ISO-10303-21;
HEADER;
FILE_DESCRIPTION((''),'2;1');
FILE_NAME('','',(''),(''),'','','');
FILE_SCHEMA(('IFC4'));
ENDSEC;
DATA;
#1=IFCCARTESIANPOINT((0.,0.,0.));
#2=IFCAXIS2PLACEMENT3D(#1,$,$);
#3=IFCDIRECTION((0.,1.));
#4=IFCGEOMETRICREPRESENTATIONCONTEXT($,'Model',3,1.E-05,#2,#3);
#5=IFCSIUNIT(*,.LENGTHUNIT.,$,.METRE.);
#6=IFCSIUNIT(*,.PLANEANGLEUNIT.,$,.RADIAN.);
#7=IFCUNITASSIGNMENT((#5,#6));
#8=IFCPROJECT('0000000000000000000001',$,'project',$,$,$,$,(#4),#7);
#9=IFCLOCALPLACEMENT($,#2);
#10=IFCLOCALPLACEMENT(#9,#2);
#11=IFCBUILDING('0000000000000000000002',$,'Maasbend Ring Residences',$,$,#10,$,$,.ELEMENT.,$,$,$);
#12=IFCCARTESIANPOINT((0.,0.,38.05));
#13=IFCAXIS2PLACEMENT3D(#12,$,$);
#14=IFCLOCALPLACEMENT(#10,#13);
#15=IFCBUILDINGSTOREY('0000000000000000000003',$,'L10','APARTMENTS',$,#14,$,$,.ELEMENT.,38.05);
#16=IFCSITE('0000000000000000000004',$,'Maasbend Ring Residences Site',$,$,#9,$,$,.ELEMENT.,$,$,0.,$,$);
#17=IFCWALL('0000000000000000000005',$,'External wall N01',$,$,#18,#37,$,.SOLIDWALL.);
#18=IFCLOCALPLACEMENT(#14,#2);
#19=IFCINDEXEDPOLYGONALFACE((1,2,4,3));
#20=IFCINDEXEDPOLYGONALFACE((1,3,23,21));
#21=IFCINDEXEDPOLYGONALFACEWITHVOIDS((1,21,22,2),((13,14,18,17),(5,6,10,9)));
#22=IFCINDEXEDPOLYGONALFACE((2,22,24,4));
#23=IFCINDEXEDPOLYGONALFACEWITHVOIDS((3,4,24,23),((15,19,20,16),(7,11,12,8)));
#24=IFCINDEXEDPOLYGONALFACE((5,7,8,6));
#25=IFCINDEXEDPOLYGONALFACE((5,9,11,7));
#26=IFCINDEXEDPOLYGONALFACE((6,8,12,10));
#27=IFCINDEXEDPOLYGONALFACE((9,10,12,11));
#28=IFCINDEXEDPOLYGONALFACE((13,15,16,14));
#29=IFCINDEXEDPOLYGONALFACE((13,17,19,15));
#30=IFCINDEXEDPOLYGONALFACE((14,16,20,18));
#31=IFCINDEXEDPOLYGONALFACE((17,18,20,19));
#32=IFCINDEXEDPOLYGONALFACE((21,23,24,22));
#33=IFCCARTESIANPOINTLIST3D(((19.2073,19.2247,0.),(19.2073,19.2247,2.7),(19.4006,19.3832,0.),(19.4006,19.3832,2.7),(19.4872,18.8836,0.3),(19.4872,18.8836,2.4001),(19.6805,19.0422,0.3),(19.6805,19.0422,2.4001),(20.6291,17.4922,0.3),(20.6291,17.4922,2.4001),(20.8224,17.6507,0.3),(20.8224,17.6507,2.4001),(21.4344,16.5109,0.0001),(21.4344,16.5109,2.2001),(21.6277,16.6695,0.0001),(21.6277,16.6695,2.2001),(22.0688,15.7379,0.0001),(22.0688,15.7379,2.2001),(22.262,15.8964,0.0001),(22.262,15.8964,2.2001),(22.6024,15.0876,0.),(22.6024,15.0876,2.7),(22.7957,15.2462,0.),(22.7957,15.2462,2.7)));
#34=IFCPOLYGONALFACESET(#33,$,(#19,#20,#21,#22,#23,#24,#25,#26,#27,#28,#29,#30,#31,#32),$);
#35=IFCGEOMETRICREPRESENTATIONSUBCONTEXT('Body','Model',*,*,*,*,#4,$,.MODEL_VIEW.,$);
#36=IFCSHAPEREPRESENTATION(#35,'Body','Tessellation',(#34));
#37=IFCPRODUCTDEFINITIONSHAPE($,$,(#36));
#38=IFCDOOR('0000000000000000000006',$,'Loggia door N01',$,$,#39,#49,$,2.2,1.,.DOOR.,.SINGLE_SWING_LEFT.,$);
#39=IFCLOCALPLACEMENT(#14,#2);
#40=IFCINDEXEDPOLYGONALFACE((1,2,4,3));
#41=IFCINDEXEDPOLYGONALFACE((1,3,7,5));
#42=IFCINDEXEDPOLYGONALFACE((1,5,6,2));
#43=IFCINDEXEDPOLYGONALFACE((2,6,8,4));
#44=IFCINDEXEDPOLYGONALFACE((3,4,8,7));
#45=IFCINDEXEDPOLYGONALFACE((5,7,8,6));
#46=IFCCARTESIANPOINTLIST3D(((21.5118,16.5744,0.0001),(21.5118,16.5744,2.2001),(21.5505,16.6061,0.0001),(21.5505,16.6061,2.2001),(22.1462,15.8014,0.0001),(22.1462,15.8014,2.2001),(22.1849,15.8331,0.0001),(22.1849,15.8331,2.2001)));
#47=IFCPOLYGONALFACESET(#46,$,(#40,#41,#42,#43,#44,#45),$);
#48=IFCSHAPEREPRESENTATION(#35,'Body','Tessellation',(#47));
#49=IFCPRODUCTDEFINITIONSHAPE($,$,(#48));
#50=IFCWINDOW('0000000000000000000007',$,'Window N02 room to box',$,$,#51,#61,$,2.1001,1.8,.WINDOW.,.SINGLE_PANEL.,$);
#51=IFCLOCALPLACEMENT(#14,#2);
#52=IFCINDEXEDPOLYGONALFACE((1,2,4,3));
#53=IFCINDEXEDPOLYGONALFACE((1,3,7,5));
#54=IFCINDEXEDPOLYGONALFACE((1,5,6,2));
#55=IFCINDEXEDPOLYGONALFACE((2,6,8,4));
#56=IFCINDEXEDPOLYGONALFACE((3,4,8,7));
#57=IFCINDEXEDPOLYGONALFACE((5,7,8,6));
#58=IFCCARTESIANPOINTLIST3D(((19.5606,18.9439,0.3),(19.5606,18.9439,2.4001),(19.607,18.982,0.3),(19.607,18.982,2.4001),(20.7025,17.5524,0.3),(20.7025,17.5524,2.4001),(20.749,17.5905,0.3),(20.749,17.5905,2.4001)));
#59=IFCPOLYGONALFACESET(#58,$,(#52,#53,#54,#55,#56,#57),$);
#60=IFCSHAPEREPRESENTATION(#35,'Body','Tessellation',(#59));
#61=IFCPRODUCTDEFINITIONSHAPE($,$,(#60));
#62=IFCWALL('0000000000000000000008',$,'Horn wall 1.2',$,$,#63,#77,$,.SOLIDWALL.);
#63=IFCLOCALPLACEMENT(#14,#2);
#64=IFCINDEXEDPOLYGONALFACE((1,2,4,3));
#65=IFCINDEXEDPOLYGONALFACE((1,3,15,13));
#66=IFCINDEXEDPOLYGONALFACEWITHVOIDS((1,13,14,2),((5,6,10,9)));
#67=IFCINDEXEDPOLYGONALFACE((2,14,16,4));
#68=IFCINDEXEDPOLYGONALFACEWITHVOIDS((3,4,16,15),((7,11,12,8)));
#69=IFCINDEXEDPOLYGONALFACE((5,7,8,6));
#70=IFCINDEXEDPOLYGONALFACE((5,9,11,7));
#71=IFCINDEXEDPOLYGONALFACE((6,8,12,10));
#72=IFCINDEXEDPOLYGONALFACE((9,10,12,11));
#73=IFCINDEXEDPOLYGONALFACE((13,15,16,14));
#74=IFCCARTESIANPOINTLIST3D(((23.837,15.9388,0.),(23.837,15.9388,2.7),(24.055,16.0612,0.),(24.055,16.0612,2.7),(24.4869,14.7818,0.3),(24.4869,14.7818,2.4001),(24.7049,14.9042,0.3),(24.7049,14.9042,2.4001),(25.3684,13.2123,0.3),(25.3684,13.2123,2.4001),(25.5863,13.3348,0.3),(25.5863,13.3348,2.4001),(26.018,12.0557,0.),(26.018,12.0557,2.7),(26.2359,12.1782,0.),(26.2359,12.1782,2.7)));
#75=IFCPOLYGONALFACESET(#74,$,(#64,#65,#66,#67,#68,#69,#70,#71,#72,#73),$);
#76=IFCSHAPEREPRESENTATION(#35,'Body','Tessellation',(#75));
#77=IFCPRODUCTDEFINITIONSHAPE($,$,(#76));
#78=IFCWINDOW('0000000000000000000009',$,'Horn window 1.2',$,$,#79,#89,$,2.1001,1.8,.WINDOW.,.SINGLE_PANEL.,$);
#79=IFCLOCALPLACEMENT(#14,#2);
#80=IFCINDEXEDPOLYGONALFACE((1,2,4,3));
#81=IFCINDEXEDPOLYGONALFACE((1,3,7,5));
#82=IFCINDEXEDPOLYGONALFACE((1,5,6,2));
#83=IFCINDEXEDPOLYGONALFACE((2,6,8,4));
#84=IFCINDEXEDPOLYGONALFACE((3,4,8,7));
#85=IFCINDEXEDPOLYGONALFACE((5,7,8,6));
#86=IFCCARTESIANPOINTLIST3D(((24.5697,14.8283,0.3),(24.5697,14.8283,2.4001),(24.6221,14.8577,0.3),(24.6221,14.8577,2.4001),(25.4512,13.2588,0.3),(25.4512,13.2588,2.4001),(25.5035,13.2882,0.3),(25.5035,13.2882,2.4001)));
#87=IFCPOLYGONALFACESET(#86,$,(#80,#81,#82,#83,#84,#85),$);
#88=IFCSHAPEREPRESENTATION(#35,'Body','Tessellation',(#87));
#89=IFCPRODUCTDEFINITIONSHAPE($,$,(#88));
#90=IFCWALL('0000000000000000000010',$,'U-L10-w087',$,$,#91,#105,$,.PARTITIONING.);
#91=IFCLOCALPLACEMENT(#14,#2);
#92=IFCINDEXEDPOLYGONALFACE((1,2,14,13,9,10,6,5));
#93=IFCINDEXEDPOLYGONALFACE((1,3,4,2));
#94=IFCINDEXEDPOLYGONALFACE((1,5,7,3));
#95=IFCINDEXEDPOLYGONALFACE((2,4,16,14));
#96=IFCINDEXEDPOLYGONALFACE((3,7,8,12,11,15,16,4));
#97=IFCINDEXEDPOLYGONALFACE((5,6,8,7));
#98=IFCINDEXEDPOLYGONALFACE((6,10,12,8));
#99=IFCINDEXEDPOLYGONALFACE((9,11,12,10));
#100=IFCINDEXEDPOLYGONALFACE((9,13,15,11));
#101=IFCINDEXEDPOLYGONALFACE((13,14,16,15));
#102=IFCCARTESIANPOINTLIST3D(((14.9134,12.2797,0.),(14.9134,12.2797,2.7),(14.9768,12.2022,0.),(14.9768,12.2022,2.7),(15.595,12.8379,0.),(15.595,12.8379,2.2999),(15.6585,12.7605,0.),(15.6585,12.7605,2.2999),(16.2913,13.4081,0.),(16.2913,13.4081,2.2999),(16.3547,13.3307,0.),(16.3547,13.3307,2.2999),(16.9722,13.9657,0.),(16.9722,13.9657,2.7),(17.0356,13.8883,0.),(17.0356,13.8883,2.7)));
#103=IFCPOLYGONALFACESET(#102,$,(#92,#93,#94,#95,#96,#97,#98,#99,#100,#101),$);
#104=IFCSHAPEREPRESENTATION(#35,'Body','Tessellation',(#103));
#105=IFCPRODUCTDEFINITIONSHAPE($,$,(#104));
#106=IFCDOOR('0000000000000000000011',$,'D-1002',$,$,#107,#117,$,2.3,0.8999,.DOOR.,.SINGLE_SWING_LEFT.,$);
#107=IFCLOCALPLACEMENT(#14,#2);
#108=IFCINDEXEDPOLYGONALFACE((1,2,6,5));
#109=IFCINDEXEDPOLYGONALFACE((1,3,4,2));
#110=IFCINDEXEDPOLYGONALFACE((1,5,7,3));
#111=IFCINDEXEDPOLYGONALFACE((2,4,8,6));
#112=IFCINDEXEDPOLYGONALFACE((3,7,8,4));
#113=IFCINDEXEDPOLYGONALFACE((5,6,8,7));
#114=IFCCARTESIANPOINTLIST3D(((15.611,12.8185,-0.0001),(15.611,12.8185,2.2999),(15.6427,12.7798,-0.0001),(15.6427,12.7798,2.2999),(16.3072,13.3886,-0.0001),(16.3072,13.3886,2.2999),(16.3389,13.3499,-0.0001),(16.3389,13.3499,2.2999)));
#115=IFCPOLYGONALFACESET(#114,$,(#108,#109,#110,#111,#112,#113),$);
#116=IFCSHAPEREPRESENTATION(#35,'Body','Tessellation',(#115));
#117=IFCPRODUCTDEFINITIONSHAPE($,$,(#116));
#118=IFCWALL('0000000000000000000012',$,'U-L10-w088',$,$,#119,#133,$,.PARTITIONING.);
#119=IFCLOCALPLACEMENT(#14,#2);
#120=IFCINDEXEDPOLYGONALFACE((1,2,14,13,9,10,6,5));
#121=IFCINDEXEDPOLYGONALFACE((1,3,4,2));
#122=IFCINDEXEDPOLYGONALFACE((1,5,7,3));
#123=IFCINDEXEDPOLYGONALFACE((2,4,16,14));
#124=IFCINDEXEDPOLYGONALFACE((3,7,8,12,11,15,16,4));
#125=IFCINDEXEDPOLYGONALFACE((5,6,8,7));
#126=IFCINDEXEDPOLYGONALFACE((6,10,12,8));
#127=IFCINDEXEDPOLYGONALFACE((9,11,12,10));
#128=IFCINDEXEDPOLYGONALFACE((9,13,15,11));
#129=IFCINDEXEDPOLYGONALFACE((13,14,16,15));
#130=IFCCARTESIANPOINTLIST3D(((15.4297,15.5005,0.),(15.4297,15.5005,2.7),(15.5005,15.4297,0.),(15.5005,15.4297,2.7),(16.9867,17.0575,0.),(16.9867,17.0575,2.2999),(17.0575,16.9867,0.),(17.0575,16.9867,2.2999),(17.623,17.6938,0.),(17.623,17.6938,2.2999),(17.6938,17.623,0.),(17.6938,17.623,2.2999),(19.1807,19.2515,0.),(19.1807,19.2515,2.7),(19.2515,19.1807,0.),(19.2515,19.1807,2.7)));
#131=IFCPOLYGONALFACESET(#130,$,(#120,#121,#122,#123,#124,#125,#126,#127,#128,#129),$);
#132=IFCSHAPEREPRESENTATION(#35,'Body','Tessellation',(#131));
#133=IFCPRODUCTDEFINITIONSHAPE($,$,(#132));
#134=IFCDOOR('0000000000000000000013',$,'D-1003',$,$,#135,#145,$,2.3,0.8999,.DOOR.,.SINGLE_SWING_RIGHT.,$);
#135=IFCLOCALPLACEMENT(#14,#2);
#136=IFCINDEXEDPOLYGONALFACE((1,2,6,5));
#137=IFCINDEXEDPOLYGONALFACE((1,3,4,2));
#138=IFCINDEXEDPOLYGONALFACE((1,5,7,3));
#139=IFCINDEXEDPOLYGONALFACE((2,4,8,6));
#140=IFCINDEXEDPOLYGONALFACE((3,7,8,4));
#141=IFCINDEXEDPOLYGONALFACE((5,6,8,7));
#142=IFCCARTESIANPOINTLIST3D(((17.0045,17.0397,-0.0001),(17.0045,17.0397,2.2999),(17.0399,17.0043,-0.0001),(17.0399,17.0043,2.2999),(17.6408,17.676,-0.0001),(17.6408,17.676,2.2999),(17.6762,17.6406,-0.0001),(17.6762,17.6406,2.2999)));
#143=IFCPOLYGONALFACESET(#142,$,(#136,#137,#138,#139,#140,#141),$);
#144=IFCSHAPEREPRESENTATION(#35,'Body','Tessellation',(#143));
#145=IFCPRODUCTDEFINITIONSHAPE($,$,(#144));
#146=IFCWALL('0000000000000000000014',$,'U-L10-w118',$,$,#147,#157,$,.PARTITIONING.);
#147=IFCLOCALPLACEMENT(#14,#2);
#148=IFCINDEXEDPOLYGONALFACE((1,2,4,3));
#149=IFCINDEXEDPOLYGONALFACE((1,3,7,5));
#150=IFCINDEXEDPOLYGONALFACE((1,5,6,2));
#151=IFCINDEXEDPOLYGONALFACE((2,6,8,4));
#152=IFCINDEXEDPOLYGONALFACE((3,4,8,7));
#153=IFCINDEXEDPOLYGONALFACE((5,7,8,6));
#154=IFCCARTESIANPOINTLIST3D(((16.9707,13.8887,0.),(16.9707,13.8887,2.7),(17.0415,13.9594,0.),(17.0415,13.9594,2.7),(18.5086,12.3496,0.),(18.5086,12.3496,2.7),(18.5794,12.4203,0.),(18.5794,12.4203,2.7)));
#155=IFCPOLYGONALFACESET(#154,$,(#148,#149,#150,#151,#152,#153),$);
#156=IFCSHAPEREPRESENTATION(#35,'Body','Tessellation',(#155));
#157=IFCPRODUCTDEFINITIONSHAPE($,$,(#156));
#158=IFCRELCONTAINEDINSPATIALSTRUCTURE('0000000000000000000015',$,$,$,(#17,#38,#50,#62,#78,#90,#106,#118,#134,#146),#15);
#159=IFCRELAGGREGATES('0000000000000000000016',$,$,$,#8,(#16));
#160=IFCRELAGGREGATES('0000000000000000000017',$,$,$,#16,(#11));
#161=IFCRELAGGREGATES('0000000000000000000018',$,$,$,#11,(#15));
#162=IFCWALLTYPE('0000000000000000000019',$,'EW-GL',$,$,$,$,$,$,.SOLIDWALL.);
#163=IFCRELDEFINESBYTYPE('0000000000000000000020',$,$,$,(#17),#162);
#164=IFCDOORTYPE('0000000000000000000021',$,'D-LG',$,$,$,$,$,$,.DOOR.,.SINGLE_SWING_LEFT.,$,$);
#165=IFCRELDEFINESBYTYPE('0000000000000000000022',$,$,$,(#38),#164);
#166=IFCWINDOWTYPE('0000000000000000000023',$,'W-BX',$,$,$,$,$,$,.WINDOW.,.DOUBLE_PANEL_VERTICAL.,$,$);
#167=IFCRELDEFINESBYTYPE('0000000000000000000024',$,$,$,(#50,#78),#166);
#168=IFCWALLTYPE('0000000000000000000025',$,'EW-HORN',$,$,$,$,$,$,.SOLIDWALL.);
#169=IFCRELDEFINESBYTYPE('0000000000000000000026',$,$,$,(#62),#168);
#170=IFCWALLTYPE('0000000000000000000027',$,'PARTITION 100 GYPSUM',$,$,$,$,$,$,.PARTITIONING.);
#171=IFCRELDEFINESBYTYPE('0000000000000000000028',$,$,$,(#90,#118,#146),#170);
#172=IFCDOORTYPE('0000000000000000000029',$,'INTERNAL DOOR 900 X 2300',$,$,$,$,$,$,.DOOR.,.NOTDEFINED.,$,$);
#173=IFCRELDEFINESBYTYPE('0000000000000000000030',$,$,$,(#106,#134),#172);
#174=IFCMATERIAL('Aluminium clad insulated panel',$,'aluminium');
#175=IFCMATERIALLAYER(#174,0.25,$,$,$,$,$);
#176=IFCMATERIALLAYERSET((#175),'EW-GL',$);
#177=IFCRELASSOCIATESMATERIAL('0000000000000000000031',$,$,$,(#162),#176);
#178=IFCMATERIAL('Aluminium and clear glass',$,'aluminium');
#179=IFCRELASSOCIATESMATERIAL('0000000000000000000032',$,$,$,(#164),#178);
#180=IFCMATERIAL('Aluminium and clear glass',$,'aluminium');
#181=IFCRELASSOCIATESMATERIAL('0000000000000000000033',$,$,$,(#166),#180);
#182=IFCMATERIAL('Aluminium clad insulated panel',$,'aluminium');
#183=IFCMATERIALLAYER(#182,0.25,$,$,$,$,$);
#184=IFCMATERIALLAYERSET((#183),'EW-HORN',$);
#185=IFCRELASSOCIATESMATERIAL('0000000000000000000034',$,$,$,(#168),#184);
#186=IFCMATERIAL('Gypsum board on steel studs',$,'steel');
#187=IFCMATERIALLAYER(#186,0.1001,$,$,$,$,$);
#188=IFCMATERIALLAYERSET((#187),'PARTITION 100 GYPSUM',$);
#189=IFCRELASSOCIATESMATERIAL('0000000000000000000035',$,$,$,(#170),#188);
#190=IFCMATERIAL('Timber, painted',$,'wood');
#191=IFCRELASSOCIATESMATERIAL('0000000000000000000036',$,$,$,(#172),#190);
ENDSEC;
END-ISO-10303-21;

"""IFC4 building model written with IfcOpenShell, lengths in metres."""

from ifc_helpers import new_model, si_unit, direction, frame, frame_2d, origin, place, context, subcontext, project, spatial, rectangle, extrude, material, layer, layer_set, type_object, element, fill, save


model = new_model("IFC4")

# Units and contexts
model_context = context("Model", 3, precision=1e-05, world=origin(), true_north=direction((0.0, 1.0)))
body_context = subcontext(model_context, "Body", "Model", "MODEL_VIEW")
ifc_project = project(units=[si_unit("LENGTHUNIT", "METRE"), si_unit("PLANEANGLEUNIT", "RADIAN")], contexts=[model_context])

# Site, building, storey
site_placement = place(None, origin())
site = spatial("IfcSite", under=ifc_project, at=site_placement, Name="Maasbend Ring Residences Site", CompositionType="ELEMENT", RefElevation=0.0)
building_placement = place(site_placement, origin())
building = spatial("IfcBuilding", under=site, at=building_placement, Name="Maasbend Ring Residences", CompositionType="ELEMENT")
storey_placement = place(building_placement, frame((0.0, 0.0, 38.05)))
storey = spatial("IfcBuildingStorey", under=building, at=storey_placement, Name="L10", Description="APARTMENTS", CompositionType="ELEMENT", Elevation=38.05)

# Wall, openings, door, window
ifc_material_1 = material(Name="Aluminium clad insulated panel", Category="aluminium")
ifc_layer_1 = layer(ifc_material_1, 0.25)
ifc_layer_set_1 = layer_set([ifc_layer_1], Name="EW-GL")
wall_type_1 = type_object("IfcWallType", Name="EW-GL", PredefinedType="SOLIDWALL", material=ifc_layer_set_1)
wall_1_placement = place(storey_placement, frame((22.699, 15.167, 0.0), z_axis=(0.0, 0.0, 1.0), x_axis=(-0.634382, 0.773019, 0.0)))
wall_1 = element("IfcWall", 1, at=wall_1_placement, inside=storey, type_object=wall_type_1, Name="External wall N01", PredefinedType="SOLIDWALL", context=body_context, shape_type="SweptSolid", body=[
    extrude(rectangle(XDim=5.3518, YDim=0.25, at=frame_2d((2.6758, 0.0))), origin(), (0.0, 0.0, 1.0), 2.7),
])
opening_1_placement = place(wall_1_placement, frame((0.8411, 0.0, 0.0)))
opening_1 = element("IfcOpeningElement", 2, at=opening_1_placement, cuts=wall_1, PredefinedType="OPENING", context=body_context, shape_type="SweptSolid", body=[
    extrude(rectangle(XDim=1.0, YDim=2.2, at=frame_2d((0.5, 1.1001))), frame((0.0, 0.135, 0.0), z_axis=(0.0, -1.0, 0.0), x_axis=(1.0, 0.0, 0.0)), (0.0, 0.0, 1.0), 0.27),
])
opening_2_placement = place(wall_1_placement, frame((3.1106, 0.0, 0.3)))
opening_2 = element("IfcOpeningElement", 3, at=opening_2_placement, cuts=wall_1, PredefinedType="OPENING", context=body_context, shape_type="SweptSolid", body=[
    extrude(rectangle(XDim=1.8, YDim=2.1001, at=frame_2d((0.8999, 1.05))), frame((0.0, 0.135, 0.0), z_axis=(0.0, -1.0, 0.0), x_axis=(1.0, 0.0, 0.0)), (0.0, 0.0, 1.0), 0.27),
])
ifc_material_2 = material(Name="Aluminium and clear glass", Category="aluminium")
door_type_1 = type_object("IfcDoorType", Name="D-LG", OperationType="SINGLE_SWING_LEFT", PredefinedType="DOOR", material=ifc_material_2)
door_1_placement = place(opening_1_placement, origin())
door_1 = element("IfcDoor", 4, at=door_1_placement, inside=storey, type_object=door_type_1, Name="Loggia door N01", OperationType="SINGLE_SWING_LEFT", OverallHeight=2.2, OverallWidth=1.0, PredefinedType="DOOR", context=body_context, shape_type="SweptSolid", body=[
    extrude(rectangle(XDim=1.0, YDim=2.2, at=frame_2d((0.5, 1.1001))), frame((0.0, 0.0249, 0.0), z_axis=(0.0, -1.0, 0.0), x_axis=(1.0, 0.0, 0.0)), (0.0, 0.0, 1.0), 0.05),
])
fill(opening_1, door_1)
ifc_material_3 = material(Name="Aluminium and clear glass", Category="aluminium")
window_type = type_object("IfcWindowType", Name="W-BX", PartitioningType="DOUBLE_PANEL_VERTICAL", PredefinedType="WINDOW", material=ifc_material_3)
window_1_placement = place(opening_2_placement, origin())
window_1 = element("IfcWindow", 5, at=window_1_placement, inside=storey, type_object=window_type, Name="Window N02 room to box", OverallHeight=2.1001, OverallWidth=1.8, PartitioningType="SINGLE_PANEL", PredefinedType="WINDOW", context=body_context, shape_type="SweptSolid", body=[
    extrude(rectangle(XDim=1.8, YDim=2.1001, at=frame_2d((0.8999, 1.05))), frame((0.0, 0.03, 0.0), z_axis=(0.0, -1.0, 0.0), x_axis=(1.0, 0.0, 0.0)), (0.0, 0.0, 1.0), 0.0601),
])
fill(opening_2, window_1)

# Wall, opening, window
ifc_material_4 = material(Name="Aluminium clad insulated panel", Category="aluminium")
ifc_layer_2 = layer(ifc_material_4, 0.25)
ifc_layer_set_2 = layer_set([ifc_layer_2], Name="EW-HORN")
wall_type_2 = type_object("IfcWallType", Name="EW-HORN", PredefinedType="SOLIDWALL", material=ifc_layer_set_2)
wall_2_placement = place(storey_placement, frame((26.127, 12.1169, 0.0), z_axis=(0.0, 0.0, 1.0), x_axis=(-0.489696, 0.871893, 0.0)))
wall_2 = element("IfcWall", 6, at=wall_2_placement, inside=storey, type_object=wall_type_2, Name="Horn wall 1.2", PredefinedType="SOLIDWALL", context=body_context, shape_type="SweptSolid", body=[
    extrude(rectangle(XDim=4.4536, YDim=0.25, at=frame_2d((2.2268, 0.0))), origin(), (0.0, 0.0, 1.0), 2.7),
])
opening_3_placement = place(wall_2_placement, frame((1.3267, 0.0, 0.3)))
opening_3 = element("IfcOpeningElement", 7, at=opening_3_placement, cuts=wall_2, PredefinedType="OPENING", context=body_context, shape_type="SweptSolid", body=[
    extrude(rectangle(XDim=1.8, YDim=2.1001, at=frame_2d((0.8999, 1.05))), frame((0.0, 0.135, 0.0), z_axis=(0.0, -1.0, 0.0), x_axis=(1.0, 0.0, 0.0)), (0.0, 0.0, 1.0), 0.27),
])
window_2_placement = place(opening_3_placement, origin())
window_2 = element("IfcWindow", 8, at=window_2_placement, inside=storey, type_object=window_type, Name="Horn window 1.2", OverallHeight=2.1001, OverallWidth=1.8, PartitioningType="SINGLE_PANEL", PredefinedType="WINDOW", context=body_context, shape_type="SweptSolid", body=[
    extrude(rectangle(XDim=1.8, YDim=2.1001, at=frame_2d((0.8999, 1.05))), frame((0.0, 0.03, 0.0), z_axis=(0.0, -1.0, 0.0), x_axis=(1.0, 0.0, 0.0)), (0.0, 0.0, 1.0), 0.0601),
])
fill(opening_3, window_2)

# Walls, openings, doors
ifc_material_5 = material(Name="Gypsum board on steel studs", Category="steel")
ifc_layer_3 = layer(ifc_material_5, 0.1001)
ifc_layer_set_3 = layer_set([ifc_layer_3], Name="PARTITION 100 GYPSUM")
wall_type_3 = type_object("IfcWallType", Name="PARTITION 100 GYPSUM", PredefinedType="PARTITIONING", material=ifc_layer_set_3)
wall_3_placement = place(storey_placement, frame((14.9451, 12.241, 0.0), z_axis=(0.0, 0.0, 1.0), x_axis=(0.773675, 0.633582, 0.0)))
wall_3 = element("IfcWall", 9, at=wall_3_placement, inside=storey, type_object=wall_type_3, Name="U-L10-w087", PredefinedType="PARTITIONING", context=body_context, shape_type="SweptSolid", body=[
    extrude(rectangle(XDim=2.6611, YDim=0.1001, at=frame_2d((1.3306, 0.0))), origin(), (0.0, 0.0, 1.0), 2.7),
])
opening_4_placement = place(wall_3_placement, frame((0.8811, 0.0, 0.0)))
opening_4 = element("IfcOpeningElement", 10, at=opening_4_placement, cuts=wall_3, PredefinedType="OPENING", context=body_context, shape_type="SweptSolid", body=[
    extrude(rectangle(XDim=0.8999, YDim=2.3, at=frame_2d((0.45, 1.1499))), frame((0.0, 0.0601, 0.0), z_axis=(0.0, -1.0, 0.0), x_axis=(1.0, 0.0, 0.0)), (0.0, 0.0, 1.0), 0.1201),
])
ifc_material_6 = material(Name="Timber, painted", Category="wood")
door_type_2 = type_object("IfcDoorType", Name="INTERNAL DOOR 900 X 2300", OperationType="NOTDEFINED", PredefinedType="DOOR", material=ifc_material_6)
door_2_placement = place(opening_4_placement, origin())
door_2 = element("IfcDoor", 11, at=door_2_placement, inside=storey, type_object=door_type_2, Name="D-1002", OperationType="SINGLE_SWING_LEFT", OverallHeight=2.3, OverallWidth=0.8999, PredefinedType="DOOR", context=body_context, shape_type="SweptSolid", body=[
    extrude(rectangle(XDim=0.8999, YDim=2.3, at=frame_2d((0.45, 1.1499))), frame((0.0, 0.0249, 0.0), z_axis=(0.0, -1.0, 0.0), x_axis=(1.0, 0.0, 0.0)), (0.0, 0.0, 1.0), 0.05),
])
fill(opening_4, door_2)
wall_4_placement = place(storey_placement, frame((15.4651, 15.4651, 0.0), z_axis=(0.0, 0.0, 1.0), x_axis=(0.707107, 0.707107, 0.0)))
wall_4 = element("IfcWall", 12, at=wall_4_placement, inside=storey, type_object=wall_type_3, Name="U-L10-w088", PredefinedType="PARTITIONING", context=body_context, shape_type="SweptSolid", body=[
    extrude(rectangle(XDim=5.3047, YDim=0.1001, at=frame_2d((2.6523, 0.0))), origin(), (0.0, 0.0, 1.0), 2.7),
])
opening_5_placement = place(wall_4_placement, frame((2.2019, 0.0, 0.0)))
opening_5 = element("IfcOpeningElement", 13, at=opening_5_placement, cuts=wall_4, PredefinedType="OPENING", context=body_context, shape_type="SweptSolid", body=[
    extrude(rectangle(XDim=0.8999, YDim=2.3, at=frame_2d((0.45, 1.1499))), frame((0.0, 0.0601, 0.0), z_axis=(0.0, -1.0, 0.0), x_axis=(1.0, 0.0, 0.0)), (0.0, 0.0, 1.0), 0.1201),
])
door_3_placement = place(opening_5_placement, origin())
door_3 = element("IfcDoor", 14, at=door_3_placement, inside=storey, type_object=door_type_2, Name="D-1003", OperationType="SINGLE_SWING_RIGHT", OverallHeight=2.3, OverallWidth=0.8999, PredefinedType="DOOR", context=body_context, shape_type="SweptSolid", body=[
    extrude(rectangle(XDim=0.8999, YDim=2.3, at=frame_2d((0.45, 1.1499))), frame((0.0, 0.0249, 0.0), z_axis=(0.0, -1.0, 0.0), x_axis=(1.0, 0.0, 0.0)), (0.0, 0.0, 1.0), 0.05),
])
fill(opening_5, door_3)

# Wall
wall_5_placement = place(storey_placement, frame((17.0061, 13.9241, 0.0), z_axis=(0.0, 0.0, 1.0), x_axis=(0.706826, -0.707387, 0.0)))
element("IfcWall", 15, at=wall_5_placement, inside=storey, type_object=wall_type_3, Name="U-L10-w118", PredefinedType="PARTITIONING", context=body_context, shape_type="SweptSolid", body=[
    extrude(rectangle(XDim=2.1758, YDim=0.1001, at=frame_2d((1.0879, 0.0))), origin(), (0.0, 0.0, 1.0), 2.7),
])

save(model, "model.ifc")
